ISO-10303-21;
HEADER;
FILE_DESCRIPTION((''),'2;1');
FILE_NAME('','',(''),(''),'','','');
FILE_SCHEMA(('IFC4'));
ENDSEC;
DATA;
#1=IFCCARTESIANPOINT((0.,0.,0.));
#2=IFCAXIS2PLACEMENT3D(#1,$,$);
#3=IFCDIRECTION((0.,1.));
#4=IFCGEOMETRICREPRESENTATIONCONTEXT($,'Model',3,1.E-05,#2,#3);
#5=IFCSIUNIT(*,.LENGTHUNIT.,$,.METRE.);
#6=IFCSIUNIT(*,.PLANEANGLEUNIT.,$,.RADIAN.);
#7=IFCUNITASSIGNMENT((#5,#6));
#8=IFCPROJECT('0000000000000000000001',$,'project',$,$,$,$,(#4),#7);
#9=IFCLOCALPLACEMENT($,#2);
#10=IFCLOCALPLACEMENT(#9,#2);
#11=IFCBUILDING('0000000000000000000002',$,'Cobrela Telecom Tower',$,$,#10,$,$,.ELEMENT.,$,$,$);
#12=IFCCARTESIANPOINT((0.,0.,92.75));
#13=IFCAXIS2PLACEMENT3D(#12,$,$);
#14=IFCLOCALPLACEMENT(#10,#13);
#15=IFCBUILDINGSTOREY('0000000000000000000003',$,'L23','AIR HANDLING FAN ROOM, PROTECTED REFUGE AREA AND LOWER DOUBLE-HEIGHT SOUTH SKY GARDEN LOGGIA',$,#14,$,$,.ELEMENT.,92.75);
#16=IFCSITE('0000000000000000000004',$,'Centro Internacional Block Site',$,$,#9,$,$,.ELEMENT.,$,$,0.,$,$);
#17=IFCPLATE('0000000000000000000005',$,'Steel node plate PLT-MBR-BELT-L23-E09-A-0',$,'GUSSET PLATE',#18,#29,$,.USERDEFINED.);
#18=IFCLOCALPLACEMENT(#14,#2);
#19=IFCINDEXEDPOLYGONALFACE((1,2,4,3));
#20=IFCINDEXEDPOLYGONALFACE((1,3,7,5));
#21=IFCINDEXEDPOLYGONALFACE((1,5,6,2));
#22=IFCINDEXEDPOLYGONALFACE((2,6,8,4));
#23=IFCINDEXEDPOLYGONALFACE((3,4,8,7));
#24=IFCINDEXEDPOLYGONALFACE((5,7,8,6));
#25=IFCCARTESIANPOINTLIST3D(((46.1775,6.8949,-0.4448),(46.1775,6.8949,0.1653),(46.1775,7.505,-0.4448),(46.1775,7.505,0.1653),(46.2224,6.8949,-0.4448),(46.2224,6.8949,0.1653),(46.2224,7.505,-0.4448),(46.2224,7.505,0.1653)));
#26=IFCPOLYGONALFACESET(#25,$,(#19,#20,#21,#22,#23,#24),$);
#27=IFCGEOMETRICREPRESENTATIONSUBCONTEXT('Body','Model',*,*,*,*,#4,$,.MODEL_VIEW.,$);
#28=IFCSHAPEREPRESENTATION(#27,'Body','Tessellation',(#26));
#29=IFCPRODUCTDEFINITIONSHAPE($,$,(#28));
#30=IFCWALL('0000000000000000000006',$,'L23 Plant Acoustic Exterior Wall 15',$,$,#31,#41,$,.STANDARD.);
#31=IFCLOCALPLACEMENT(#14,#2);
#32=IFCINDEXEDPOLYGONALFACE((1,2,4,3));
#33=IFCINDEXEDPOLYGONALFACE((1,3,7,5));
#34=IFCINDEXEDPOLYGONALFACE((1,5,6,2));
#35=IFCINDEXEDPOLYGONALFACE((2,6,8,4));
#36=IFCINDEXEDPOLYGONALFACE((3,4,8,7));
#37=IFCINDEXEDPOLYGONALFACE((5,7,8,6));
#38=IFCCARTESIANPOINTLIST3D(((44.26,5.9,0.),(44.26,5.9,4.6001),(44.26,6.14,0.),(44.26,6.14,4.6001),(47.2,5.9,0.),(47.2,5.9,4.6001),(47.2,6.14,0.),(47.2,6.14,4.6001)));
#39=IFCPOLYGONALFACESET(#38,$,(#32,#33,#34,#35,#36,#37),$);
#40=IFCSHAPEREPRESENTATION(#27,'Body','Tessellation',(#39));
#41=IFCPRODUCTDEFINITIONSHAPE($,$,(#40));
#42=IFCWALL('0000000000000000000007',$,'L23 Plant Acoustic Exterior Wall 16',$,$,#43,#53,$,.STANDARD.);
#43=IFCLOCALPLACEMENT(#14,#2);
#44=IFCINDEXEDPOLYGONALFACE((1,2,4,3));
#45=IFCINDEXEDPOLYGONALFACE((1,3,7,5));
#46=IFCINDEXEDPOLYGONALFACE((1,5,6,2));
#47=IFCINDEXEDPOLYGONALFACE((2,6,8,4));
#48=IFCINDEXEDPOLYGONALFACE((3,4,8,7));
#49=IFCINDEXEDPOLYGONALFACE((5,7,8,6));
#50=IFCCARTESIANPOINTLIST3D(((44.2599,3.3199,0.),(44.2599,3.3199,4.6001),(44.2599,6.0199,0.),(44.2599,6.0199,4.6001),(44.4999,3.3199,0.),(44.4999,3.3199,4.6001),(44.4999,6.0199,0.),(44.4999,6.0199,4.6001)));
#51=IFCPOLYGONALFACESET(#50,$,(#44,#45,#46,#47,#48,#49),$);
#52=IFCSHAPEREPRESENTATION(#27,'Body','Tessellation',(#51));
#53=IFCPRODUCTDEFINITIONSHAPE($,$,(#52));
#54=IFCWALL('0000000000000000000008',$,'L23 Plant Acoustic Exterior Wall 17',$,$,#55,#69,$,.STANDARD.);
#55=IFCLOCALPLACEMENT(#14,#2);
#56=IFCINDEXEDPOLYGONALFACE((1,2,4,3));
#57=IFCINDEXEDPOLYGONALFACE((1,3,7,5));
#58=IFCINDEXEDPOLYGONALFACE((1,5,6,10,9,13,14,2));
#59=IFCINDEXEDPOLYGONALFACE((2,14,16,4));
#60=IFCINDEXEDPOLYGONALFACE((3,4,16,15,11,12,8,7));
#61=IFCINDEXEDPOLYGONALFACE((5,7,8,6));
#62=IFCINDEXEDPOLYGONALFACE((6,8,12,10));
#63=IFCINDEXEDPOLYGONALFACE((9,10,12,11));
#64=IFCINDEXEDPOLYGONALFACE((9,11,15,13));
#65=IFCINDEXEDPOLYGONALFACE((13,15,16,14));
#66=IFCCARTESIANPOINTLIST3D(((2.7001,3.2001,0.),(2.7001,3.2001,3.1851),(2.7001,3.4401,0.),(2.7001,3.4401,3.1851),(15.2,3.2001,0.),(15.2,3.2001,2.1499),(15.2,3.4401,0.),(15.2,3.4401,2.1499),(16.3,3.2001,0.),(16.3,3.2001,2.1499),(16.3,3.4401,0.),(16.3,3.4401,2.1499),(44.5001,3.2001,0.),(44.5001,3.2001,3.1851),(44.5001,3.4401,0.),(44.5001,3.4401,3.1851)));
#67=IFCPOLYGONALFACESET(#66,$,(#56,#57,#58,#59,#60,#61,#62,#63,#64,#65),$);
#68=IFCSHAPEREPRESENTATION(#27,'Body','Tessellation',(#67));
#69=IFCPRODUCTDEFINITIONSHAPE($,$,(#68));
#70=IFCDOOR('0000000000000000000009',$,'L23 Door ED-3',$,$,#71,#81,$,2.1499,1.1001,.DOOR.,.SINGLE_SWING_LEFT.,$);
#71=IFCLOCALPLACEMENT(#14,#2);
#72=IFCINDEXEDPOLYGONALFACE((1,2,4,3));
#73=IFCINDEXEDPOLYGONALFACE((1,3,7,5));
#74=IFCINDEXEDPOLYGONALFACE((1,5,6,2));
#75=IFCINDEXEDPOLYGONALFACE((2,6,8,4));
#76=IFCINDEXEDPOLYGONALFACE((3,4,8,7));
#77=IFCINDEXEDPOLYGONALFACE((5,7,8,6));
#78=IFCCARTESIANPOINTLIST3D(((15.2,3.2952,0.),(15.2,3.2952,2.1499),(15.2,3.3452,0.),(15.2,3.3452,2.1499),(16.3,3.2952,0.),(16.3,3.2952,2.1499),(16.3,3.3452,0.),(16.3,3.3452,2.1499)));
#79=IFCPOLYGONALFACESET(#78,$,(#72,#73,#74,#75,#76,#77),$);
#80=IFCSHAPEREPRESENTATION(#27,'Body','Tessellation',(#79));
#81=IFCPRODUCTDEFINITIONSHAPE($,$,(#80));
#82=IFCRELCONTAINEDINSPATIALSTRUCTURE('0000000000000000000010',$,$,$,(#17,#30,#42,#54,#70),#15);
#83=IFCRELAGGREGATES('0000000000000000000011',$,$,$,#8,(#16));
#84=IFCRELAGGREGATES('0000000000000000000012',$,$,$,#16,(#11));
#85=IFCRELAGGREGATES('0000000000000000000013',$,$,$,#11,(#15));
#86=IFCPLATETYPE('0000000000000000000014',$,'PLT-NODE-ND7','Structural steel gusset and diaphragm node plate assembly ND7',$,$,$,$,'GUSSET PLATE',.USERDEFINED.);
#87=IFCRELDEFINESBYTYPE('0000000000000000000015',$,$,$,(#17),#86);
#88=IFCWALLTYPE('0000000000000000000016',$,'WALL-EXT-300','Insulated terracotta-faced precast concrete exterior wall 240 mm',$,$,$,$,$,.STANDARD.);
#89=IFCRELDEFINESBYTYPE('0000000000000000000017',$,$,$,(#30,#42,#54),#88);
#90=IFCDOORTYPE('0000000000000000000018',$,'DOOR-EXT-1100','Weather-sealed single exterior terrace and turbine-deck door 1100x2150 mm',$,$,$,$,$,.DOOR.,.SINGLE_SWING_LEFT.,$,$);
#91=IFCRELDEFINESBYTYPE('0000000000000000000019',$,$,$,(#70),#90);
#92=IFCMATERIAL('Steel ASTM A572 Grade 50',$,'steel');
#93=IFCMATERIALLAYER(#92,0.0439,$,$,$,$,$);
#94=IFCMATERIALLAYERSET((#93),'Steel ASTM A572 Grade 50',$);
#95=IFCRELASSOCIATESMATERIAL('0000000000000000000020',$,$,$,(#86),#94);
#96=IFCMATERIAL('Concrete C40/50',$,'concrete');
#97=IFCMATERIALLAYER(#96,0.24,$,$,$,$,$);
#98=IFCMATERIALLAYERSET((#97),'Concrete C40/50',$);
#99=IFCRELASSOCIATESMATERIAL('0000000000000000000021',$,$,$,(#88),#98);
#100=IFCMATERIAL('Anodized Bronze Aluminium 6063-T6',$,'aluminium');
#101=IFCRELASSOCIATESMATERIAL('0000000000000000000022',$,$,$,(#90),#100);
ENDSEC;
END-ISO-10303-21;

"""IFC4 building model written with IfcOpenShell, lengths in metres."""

from ifc_helpers import new_model, si_unit, direction, frame, frame_2d, origin, origin_2d, place, context, subcontext, project, spatial, rectangle, extrude, material, layer, layer_set, type_object, element, fill, save


model = new_model("IFC4")

# Units and contexts
model_context = context("Model", 3, precision=1e-05, world=origin(), true_north=direction((0.0, 1.0)))
body_context = subcontext(model_context, "Body", "Model", "MODEL_VIEW")
ifc_project = project(units=[si_unit("LENGTHUNIT", "METRE"), si_unit("PLANEANGLEUNIT", "RADIAN")], contexts=[model_context])

# Site, building, storey
site_placement = place(None, origin())
site = spatial("IfcSite", under=ifc_project, at=site_placement, Name="Centro Internacional Block Site", CompositionType="ELEMENT", RefElevation=0.0)
building_placement = place(site_placement, origin())
building = spatial("IfcBuilding", under=site, at=building_placement, Name="Cobrela Telecom Tower", CompositionType="ELEMENT")
storey_placement = place(building_placement, frame((0.0, 0.0, 92.75)))
storey = spatial("IfcBuildingStorey", under=building, at=storey_placement, Name="L23", Description="AIR HANDLING FAN ROOM, PROTECTED REFUGE AREA AND LOWER DOUBLE-HEIGHT SOUTH SKY GARDEN LOGGIA", CompositionType="ELEMENT", Elevation=92.75)

# Shared definitions
ifc_material_1 = material(Name="Steel ASTM A572 Grade 50", Category="steel")

# Plate
ifc_layer_1 = layer(ifc_material_1, 0.0439)
ifc_layer_set_1 = layer_set([ifc_layer_1], Name="Steel ASTM A572 Grade 50")
plate_type_1 = type_object("IfcPlateType", Name="PLT-NODE-ND7", Description="Structural steel gusset and diaphragm node plate assembly ND7", ElementType="GUSSET PLATE", PredefinedType="USERDEFINED", material=ifc_layer_set_1)
plate_1_placement = place(storey_placement, frame((46.2, 7.2, -0.4448), z_axis=(0.0, 0.0, 1.0), x_axis=(0.0, 1.0, 0.0)))
element("IfcPlate", 1, at=plate_1_placement, inside=storey, type_object=plate_type_1, Name="Steel node plate PLT-MBR-BELT-L23-E09-A-0", ObjectType="GUSSET PLATE", PredefinedType="USERDEFINED", context=body_context, shape_type="SweptSolid", body=[
    extrude(rectangle(XDim=0.6101, YDim=0.0449, at=origin_2d()), origin(), (0.0, 0.0, 1.0), 0.6101),
])

# Walls
ifc_material_2 = material(Name="Concrete C40/50", Category="concrete")
ifc_layer_2 = layer(ifc_material_2, 0.24)
ifc_layer_set_2 = layer_set([ifc_layer_2], Name="Concrete C40/50")
wall_type = type_object("IfcWallType", Name="WALL-EXT-300", Description="Insulated terracotta-faced precast concrete exterior wall 240 mm", PredefinedType="STANDARD", material=ifc_layer_set_2)
wall_1_placement = place(storey_placement, frame((47.2, 6.02, 0.0), z_axis=(0.0, 0.0, 1.0), x_axis=(-1.0, 0.0, 0.0)))
element("IfcWall", 2, at=wall_1_placement, inside=storey, type_object=wall_type, Name="L23 Plant Acoustic Exterior Wall 15", PredefinedType="STANDARD", context=body_context, shape_type="SweptSolid", body=[
    extrude(rectangle(XDim=2.9399, YDim=0.24, at=frame_2d((1.47, 0.0))), origin(), (0.0, 0.0, 1.0), 4.6001),
])
wall_2_placement = place(storey_placement, frame((44.3799, 6.02, 0.0), z_axis=(0.0, 0.0, 1.0), x_axis=(0.0, -1.0, 0.0)))
element("IfcWall", 3, at=wall_2_placement, inside=storey, type_object=wall_type, Name="L23 Plant Acoustic Exterior Wall 16", PredefinedType="STANDARD", context=body_context, shape_type="SweptSolid", body=[
    extrude(rectangle(XDim=2.7, YDim=0.24, at=frame_2d((1.3501, 0.0))), origin(), (0.0, 0.0, 1.0), 4.6001),
])

# Wall, opening, door
wall_3_placement = place(storey_placement, frame((44.5, 3.3201, 0.0), z_axis=(0.0, 0.0, 1.0), x_axis=(-1.0, 0.0, 0.0)))
wall_3 = element("IfcWall", 4, at=wall_3_placement, inside=storey, type_object=wall_type, Name="L23 Plant Acoustic Exterior Wall 17", PredefinedType="STANDARD", context=body_context, shape_type="SweptSolid", body=[
    extrude(rectangle(XDim=41.8, YDim=0.24, at=frame_2d((20.8999, 0.0))), origin(), (0.0, 0.0, 1.0), 3.1851),
])
opening_placement = place(wall_3_placement, frame((28.2, 0.0, 0.0)))
opening = element("IfcOpeningElement", 5, at=opening_placement, cuts=wall_3, PredefinedType="OPENING", context=body_context, shape_type="SweptSolid", body=[
    extrude(rectangle(XDim=1.1001, YDim=2.1499, at=frame_2d((0.55, 1.075))), frame((0.0, 0.1318, 0.0), z_axis=(0.0, -1.0, 0.0), x_axis=(1.0, 0.0, 0.0)), (0.0, 0.0, 1.0), 0.2639),
])
ifc_material_3 = material(Name="Anodized Bronze Aluminium 6063-T6", Category="aluminium")
door_type = type_object("IfcDoorType", Name="DOOR-EXT-1100", Description="Weather-sealed single exterior terrace and turbine-deck door 1100x2150 mm", OperationType="SINGLE_SWING_LEFT", PredefinedType="DOOR", material=ifc_material_3)
door_placement = place(opening_placement, origin())
door = element("IfcDoor", 6, at=door_placement, inside=storey, type_object=door_type, Name="L23 Door ED-3", OperationType="SINGLE_SWING_LEFT", OverallHeight=2.1499, OverallWidth=1.1001, PredefinedType="DOOR", context=body_context, shape_type="SweptSolid", body=[
    extrude(rectangle(XDim=1.1001, YDim=2.1499, at=frame_2d((0.55, 1.075))), frame((0.0, 0.0249, 0.0), z_axis=(0.0, -1.0, 0.0), x_axis=(1.0, 0.0, 0.0)), (0.0, 0.0, 1.0), 0.05),
])
fill(opening, door)

save(model, "model.ifc")
